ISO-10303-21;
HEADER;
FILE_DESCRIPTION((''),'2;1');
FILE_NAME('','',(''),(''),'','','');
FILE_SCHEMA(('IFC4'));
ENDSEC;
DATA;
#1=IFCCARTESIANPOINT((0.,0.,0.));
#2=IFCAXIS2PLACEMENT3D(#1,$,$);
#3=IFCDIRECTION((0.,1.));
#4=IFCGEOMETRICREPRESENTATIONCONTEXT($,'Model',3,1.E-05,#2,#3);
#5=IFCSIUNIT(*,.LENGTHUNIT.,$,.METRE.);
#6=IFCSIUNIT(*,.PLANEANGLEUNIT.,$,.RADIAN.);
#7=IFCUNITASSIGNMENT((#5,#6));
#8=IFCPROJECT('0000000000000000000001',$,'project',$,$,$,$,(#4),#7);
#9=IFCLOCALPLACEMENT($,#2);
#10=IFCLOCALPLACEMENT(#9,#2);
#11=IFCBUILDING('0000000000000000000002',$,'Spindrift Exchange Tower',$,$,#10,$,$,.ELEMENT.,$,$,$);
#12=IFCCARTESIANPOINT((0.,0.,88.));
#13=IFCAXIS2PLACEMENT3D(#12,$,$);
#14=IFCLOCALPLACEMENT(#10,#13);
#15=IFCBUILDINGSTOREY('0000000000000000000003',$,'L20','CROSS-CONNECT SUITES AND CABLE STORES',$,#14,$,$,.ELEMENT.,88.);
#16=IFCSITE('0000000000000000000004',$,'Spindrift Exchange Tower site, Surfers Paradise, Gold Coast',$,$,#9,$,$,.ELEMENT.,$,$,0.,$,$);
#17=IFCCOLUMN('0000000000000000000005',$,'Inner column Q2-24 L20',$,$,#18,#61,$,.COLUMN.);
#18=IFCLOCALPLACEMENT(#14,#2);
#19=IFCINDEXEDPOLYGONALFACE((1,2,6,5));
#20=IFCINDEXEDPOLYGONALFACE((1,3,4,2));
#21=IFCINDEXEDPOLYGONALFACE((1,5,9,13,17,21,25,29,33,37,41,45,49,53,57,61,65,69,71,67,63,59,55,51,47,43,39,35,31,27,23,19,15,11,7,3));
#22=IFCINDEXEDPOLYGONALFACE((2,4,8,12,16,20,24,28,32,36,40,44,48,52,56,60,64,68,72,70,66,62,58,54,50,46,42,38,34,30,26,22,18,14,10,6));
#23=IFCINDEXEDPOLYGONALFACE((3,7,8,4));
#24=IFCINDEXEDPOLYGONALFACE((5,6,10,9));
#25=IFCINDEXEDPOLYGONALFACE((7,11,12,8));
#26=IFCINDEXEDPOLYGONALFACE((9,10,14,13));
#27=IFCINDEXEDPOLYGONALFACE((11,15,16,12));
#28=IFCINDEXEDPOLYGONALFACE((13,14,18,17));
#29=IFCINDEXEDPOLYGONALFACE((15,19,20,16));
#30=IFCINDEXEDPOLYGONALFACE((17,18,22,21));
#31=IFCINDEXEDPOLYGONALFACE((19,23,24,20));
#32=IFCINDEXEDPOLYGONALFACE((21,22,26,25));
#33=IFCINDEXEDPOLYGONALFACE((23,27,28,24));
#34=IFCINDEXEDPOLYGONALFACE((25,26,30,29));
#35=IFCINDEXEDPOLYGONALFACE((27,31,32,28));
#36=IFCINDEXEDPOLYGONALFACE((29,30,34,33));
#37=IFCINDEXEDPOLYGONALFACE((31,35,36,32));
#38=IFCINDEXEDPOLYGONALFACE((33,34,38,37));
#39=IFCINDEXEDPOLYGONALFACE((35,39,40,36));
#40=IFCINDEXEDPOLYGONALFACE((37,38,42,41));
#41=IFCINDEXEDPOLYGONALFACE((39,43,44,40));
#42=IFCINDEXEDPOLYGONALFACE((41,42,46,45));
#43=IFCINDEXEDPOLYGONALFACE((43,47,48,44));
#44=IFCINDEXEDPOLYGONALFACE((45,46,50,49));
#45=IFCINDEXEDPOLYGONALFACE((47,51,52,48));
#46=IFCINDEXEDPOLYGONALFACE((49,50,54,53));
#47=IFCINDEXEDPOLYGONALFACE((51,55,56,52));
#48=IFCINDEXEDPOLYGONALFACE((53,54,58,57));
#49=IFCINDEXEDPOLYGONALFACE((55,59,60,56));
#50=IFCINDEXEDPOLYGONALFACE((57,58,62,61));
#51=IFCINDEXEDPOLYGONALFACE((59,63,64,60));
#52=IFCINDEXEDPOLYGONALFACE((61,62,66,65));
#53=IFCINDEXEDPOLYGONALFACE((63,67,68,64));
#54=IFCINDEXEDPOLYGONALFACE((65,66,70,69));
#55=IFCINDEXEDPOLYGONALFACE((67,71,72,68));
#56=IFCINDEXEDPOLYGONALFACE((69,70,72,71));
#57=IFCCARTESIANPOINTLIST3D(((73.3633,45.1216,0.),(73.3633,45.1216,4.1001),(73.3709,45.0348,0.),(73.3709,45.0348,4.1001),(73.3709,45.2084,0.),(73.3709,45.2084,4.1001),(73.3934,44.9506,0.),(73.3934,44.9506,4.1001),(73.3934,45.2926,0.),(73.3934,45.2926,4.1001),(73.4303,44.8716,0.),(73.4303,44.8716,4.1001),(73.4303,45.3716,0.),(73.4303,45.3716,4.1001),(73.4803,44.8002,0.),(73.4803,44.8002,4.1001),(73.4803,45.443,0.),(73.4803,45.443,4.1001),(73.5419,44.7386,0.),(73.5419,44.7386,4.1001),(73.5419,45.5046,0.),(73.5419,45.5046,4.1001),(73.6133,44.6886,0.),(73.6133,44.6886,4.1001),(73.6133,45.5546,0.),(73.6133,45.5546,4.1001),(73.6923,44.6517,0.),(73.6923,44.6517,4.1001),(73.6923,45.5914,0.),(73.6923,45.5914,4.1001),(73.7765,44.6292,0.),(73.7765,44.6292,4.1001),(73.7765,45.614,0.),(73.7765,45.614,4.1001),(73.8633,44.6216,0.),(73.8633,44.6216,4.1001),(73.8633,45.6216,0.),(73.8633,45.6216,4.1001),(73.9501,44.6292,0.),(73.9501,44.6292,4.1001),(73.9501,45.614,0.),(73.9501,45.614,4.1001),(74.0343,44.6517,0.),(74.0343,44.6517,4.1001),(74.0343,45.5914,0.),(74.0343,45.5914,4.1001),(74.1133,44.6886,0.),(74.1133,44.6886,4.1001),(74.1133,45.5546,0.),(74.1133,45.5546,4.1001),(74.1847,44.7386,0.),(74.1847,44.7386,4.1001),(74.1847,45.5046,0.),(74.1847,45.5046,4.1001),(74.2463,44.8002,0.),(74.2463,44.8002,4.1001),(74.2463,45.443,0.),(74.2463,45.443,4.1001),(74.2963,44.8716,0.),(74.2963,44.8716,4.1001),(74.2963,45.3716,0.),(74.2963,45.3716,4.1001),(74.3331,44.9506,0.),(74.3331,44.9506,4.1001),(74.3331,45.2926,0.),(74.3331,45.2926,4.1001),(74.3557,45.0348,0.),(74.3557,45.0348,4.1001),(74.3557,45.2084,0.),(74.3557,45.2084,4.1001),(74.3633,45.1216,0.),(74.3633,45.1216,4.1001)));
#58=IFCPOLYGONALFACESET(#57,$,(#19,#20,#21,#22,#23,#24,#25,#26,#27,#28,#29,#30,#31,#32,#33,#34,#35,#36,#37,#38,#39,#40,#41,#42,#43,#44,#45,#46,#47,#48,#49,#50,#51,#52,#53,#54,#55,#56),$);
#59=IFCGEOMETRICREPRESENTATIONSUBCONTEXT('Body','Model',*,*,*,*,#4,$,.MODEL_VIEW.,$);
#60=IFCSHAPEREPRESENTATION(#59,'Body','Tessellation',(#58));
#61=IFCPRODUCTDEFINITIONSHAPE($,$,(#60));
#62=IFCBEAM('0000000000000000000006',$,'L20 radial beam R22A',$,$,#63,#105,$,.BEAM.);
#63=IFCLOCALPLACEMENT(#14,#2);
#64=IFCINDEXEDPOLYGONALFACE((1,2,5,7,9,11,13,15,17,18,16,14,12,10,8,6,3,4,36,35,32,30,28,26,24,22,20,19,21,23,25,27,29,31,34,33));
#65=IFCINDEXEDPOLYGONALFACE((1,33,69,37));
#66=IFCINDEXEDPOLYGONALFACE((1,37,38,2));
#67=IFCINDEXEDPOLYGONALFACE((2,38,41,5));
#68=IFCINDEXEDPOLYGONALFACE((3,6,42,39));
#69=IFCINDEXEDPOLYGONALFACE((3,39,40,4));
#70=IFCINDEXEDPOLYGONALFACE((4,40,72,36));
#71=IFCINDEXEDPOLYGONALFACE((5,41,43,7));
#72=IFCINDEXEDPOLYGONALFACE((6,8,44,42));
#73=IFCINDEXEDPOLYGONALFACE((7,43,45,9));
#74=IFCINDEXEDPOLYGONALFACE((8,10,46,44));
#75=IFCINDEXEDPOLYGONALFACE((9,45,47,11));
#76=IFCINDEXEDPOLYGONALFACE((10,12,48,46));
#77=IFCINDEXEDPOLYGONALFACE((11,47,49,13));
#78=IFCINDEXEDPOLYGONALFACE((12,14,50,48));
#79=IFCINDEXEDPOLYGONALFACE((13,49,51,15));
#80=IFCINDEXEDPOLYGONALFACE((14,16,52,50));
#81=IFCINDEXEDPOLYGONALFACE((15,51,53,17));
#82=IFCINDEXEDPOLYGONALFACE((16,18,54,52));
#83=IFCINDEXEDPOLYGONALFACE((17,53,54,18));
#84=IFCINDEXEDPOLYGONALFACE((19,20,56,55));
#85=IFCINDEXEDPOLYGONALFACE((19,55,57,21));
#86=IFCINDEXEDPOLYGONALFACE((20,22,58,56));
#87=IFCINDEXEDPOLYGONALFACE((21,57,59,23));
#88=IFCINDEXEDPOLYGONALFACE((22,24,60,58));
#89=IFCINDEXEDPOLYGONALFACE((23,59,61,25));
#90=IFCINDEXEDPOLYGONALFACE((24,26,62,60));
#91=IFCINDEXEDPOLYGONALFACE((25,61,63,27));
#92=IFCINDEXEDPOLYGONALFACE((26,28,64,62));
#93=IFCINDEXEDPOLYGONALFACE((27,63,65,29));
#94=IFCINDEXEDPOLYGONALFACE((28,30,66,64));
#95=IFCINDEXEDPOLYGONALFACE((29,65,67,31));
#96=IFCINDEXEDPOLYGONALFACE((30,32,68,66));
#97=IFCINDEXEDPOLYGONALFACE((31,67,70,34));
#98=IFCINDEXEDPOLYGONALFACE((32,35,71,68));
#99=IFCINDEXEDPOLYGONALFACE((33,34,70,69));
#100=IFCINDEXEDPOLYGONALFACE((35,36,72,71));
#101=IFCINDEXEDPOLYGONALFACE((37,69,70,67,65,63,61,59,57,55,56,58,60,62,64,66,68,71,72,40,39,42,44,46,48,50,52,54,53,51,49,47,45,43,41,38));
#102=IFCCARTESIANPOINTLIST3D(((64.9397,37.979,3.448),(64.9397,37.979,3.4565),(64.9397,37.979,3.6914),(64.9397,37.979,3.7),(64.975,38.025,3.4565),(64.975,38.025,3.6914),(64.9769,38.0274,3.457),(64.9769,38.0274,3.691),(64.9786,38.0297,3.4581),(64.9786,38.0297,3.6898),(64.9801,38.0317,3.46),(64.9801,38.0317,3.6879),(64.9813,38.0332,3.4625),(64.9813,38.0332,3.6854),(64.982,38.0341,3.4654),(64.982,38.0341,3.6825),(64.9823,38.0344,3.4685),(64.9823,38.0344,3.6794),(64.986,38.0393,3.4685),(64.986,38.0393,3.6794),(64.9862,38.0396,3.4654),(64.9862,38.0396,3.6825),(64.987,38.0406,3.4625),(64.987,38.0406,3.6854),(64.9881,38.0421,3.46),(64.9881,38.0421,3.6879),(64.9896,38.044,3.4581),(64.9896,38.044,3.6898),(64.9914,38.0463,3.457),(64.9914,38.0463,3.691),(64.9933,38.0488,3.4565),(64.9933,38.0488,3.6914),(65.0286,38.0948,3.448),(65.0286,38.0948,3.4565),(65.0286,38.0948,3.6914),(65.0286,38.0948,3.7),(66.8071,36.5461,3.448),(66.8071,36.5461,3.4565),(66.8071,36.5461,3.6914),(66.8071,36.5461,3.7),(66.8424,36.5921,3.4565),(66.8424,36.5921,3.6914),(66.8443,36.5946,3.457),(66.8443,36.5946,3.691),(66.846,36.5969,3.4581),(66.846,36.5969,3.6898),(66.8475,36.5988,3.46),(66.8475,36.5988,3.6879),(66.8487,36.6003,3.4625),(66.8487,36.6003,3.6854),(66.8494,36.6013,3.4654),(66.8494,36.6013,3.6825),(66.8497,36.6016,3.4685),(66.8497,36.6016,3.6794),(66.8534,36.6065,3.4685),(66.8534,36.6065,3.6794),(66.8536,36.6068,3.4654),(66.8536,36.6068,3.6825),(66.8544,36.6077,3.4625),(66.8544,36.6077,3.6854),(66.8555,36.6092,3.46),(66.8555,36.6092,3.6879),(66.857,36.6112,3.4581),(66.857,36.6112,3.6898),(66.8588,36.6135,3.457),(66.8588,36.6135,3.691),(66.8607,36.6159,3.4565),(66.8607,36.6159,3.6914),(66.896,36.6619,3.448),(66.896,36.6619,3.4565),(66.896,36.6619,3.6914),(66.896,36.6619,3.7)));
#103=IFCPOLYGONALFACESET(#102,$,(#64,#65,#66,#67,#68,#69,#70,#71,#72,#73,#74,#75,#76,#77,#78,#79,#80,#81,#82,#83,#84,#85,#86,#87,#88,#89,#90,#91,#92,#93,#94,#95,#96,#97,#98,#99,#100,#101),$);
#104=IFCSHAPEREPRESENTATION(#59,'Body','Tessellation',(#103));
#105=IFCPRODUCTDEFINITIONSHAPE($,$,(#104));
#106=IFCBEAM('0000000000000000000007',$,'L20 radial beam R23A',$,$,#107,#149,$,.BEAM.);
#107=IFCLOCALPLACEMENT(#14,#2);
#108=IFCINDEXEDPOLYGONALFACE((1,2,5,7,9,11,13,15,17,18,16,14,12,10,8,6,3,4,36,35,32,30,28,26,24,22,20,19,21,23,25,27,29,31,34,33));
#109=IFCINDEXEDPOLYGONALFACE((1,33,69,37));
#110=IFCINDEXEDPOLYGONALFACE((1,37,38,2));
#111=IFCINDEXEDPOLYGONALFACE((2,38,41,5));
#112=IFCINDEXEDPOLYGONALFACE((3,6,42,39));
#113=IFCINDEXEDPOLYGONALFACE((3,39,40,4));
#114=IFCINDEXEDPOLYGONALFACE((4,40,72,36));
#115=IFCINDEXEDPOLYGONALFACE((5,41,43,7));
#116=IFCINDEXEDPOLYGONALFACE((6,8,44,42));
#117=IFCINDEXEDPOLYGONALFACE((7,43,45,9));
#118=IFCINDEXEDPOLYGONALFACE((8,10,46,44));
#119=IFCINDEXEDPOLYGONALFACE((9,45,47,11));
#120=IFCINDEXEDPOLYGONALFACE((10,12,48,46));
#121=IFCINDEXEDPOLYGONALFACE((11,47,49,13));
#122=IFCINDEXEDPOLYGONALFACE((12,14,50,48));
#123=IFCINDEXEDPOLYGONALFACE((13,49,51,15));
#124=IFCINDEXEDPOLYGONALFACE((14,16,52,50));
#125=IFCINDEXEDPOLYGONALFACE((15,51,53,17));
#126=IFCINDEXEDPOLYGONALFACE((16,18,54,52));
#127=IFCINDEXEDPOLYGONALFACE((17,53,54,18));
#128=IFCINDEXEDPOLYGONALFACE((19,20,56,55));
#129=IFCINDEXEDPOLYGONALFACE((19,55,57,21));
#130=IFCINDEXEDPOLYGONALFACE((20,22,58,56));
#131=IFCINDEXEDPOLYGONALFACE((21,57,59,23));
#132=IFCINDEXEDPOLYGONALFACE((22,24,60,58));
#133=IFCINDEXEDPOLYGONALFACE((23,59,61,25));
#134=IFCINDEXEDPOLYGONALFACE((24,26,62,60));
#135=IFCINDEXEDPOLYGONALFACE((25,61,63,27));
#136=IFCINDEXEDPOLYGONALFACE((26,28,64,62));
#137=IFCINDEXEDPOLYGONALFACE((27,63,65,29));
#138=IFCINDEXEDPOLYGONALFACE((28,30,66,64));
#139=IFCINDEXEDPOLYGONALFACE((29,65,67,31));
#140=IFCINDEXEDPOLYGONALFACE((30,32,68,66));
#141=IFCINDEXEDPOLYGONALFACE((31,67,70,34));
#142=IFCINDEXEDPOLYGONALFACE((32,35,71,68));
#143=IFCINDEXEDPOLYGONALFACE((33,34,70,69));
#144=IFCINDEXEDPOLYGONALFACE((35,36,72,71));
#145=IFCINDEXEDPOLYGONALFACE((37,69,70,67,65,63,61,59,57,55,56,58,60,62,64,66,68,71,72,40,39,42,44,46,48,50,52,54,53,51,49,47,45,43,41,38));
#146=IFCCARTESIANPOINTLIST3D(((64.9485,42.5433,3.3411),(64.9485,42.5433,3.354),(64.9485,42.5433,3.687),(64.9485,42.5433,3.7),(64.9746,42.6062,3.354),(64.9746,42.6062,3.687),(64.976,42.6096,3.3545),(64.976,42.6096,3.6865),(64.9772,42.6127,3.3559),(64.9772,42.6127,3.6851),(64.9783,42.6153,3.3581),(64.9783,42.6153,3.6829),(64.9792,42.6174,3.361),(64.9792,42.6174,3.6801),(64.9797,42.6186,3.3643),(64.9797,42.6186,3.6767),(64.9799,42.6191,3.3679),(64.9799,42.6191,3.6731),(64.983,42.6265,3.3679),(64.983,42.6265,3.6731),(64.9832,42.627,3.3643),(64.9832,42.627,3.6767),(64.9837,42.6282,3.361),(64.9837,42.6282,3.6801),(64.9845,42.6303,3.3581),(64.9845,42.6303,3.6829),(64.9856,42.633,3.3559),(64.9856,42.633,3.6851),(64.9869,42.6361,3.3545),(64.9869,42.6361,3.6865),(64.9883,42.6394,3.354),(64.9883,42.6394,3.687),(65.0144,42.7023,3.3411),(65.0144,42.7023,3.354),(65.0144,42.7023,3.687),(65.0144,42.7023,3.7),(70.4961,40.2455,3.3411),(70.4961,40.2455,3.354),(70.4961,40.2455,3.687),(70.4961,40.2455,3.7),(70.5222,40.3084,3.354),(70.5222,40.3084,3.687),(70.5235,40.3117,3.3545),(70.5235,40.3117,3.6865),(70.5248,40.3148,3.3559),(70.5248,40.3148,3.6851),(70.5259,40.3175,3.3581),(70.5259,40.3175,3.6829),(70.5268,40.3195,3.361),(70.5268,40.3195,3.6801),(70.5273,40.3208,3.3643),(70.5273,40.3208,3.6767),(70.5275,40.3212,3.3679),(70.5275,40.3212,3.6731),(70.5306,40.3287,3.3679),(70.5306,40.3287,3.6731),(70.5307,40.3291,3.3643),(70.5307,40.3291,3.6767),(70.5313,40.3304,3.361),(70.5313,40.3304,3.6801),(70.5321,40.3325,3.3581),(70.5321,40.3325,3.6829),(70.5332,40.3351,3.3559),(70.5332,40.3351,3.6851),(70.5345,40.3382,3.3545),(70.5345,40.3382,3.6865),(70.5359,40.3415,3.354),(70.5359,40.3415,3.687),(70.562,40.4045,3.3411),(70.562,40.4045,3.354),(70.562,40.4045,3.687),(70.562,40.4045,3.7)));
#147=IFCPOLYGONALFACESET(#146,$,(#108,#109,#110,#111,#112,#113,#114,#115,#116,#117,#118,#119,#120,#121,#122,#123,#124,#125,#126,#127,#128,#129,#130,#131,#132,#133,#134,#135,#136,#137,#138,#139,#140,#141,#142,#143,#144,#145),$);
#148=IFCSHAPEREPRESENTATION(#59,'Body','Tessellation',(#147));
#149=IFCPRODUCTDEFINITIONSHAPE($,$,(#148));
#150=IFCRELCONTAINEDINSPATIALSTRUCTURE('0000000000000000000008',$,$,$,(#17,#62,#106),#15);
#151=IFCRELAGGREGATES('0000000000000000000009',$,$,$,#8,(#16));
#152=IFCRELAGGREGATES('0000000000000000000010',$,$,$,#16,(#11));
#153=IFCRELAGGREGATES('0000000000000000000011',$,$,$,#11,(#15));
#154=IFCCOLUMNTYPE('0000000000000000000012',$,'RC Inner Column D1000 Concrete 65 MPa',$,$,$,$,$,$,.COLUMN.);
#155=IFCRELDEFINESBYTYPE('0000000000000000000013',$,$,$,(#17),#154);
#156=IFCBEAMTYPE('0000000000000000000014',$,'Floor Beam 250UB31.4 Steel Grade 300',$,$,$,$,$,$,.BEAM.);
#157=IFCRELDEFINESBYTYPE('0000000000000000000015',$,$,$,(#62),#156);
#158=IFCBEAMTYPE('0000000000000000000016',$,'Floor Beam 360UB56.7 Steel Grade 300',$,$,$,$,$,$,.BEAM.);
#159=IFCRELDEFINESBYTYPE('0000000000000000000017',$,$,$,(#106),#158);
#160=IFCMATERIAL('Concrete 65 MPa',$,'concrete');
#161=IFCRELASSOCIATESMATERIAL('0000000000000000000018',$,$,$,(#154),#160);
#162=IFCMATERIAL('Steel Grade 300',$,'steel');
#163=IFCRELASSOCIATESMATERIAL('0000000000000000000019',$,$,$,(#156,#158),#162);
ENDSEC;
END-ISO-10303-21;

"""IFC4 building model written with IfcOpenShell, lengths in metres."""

from ifc_helpers import new_model, si_unit, direction, frame, origin, origin_2d, place, context, subcontext, project, spatial, circle, i_section, extrude, source, transform, mapped, material, material_profile, profile_set, type_object, element, save


model = new_model("IFC4")

# Units and contexts
model_context = context("Model", 3, precision=1e-05, world=origin(), true_north=direction((0.0, 1.0)))
body_context = subcontext(model_context, "Body", "Model", "MODEL_VIEW")
ifc_project = project(units=[si_unit("LENGTHUNIT", "METRE"), si_unit("PLANEANGLEUNIT", "RADIAN")], contexts=[model_context])

# Site, building, storey
site_placement = place(None, origin())
site = spatial("IfcSite", under=ifc_project, at=site_placement, Name="Spindrift Exchange Tower site, Surfers Paradise, Gold Coast", CompositionType="ELEMENT", RefElevation=0.0)
building_placement = place(site_placement, origin())
building = spatial("IfcBuilding", under=site, at=building_placement, Name="Spindrift Exchange Tower", CompositionType="ELEMENT")
storey_placement = place(building_placement, frame((0.0, 0.0, 88.0)))
storey = spatial("IfcBuildingStorey", under=building, at=storey_placement, Name="L20", Description="CROSS-CONNECT SUITES AND CABLE STORES", CompositionType="ELEMENT", Elevation=88.0)

# Column
ifc_material_1 = material(Name="Concrete 65 MPa", Category="concrete")
ifc_material_profile_1 = material_profile(ifc_material_1, circle(Radius=0.5, at=origin_2d()), Name="RC D1000")
ifc_profile_set_1 = profile_set([ifc_material_profile_1], Name="Concrete 65 MPa")
column_type_1 = type_object("IfcColumnType", Name="RC Inner Column D1000 Concrete 65 MPa", PredefinedType="COLUMN", material=ifc_profile_set_1)
shared_shape_1 = source(origin(), body_context, "Body", "SweptSolid", [
    extrude(circle(Radius=0.5, at=origin_2d()), origin(), (0.0, 0.0, 1.0), 4.1001),
])
for number, where, z_axis, x_axis, name in (
    (1, (73.8633, 45.1216, 0.0), (0.0, 0.0, 1.0), (1.0, 0.0, 0.0), "Inner column Q2-24 L20"),
):
    element("IfcColumn", number, at=place(storey_placement, frame(where, z_axis=z_axis, x_axis=x_axis)), inside=storey, type_object=column_type_1, Name=name, PredefinedType="COLUMN", context=body_context, shape_type="MappedRepresentation", body=[
        mapped(shared_shape_1, transform((0.0, 0.0, 0.0), scale=1.0)),
    ])

# Beams
ifc_material_2 = material(Name="Steel Grade 300", Category="steel")
ifc_material_profile_2 = material_profile(ifc_material_2, i_section(OverallWidth=0.146, OverallDepth=0.252, WebThickness=0.0061, FlangeThickness=0.0085, FilletRadius=0.012, at=origin_2d()), Name="250UB31.4")
ifc_profile_set_2 = profile_set([ifc_material_profile_2], Name="Steel Grade 300")
beam_type_1 = type_object("IfcBeamType", Name="Floor Beam 250UB31.4 Steel Grade 300", PredefinedType="BEAM", material=ifc_profile_set_2)
shared_shape_2 = source(origin(), body_context, "Body", "SweptSolid", [
    extrude(i_section(OverallWidth=0.146, OverallDepth=0.252, WebThickness=0.0061, FlangeThickness=0.0085, FilletRadius=0.012, at=origin_2d()), origin(), (0.0, 0.0, 1.0), 2.3538),
])
beam_1_placement = place(storey_placement, frame((64.9841, 38.0369, 3.574), z_axis=(0.793368, -0.608743, 0.0), x_axis=(0.608743, 0.793368, 0.0)))
element("IfcBeam", 2, at=beam_1_placement, inside=storey, type_object=beam_type_1, Name="L20 radial beam R22A", PredefinedType="BEAM", context=body_context, shape_type="MappedRepresentation", body=[
    mapped(shared_shape_2, transform((0.0, 0.0, 0.0), scale=1.0)),
])
ifc_material_profile_3 = material_profile(ifc_material_2, i_section(OverallWidth=0.1721, OverallDepth=0.3589, WebThickness=0.0081, FlangeThickness=0.0129, FilletRadius=0.0139, at=origin_2d()), Name="360UB56.7")
ifc_profile_set_3 = profile_set([ifc_material_profile_3], Name="Steel Grade 300")
beam_type_2 = type_object("IfcBeamType", Name="Floor Beam 360UB56.7 Steel Grade 300", PredefinedType="BEAM", material=ifc_profile_set_3)
shared_shape_3 = source(origin(), body_context, "Body", "SweptSolid", [
    extrude(i_section(OverallWidth=0.1721, OverallDepth=0.3589, WebThickness=0.0081, FlangeThickness=0.0129, FilletRadius=0.0139, at=origin_2d()), origin(), (0.0, 0.0, 1.0), 6.0046),
])
beam_2_placement = place(storey_placement, frame((64.9814, 42.6228, 3.5205), z_axis=(0.923882, -0.382677, 0.0), x_axis=(0.382677, 0.923882, 0.0)))
element("IfcBeam", 3, at=beam_2_placement, inside=storey, type_object=beam_type_2, Name="L20 radial beam R23A", PredefinedType="BEAM", context=body_context, shape_type="MappedRepresentation", body=[
    mapped(shared_shape_3, transform((0.0, 0.0, 0.0), scale=1.0)),
])

save(model, "model.ifc")
